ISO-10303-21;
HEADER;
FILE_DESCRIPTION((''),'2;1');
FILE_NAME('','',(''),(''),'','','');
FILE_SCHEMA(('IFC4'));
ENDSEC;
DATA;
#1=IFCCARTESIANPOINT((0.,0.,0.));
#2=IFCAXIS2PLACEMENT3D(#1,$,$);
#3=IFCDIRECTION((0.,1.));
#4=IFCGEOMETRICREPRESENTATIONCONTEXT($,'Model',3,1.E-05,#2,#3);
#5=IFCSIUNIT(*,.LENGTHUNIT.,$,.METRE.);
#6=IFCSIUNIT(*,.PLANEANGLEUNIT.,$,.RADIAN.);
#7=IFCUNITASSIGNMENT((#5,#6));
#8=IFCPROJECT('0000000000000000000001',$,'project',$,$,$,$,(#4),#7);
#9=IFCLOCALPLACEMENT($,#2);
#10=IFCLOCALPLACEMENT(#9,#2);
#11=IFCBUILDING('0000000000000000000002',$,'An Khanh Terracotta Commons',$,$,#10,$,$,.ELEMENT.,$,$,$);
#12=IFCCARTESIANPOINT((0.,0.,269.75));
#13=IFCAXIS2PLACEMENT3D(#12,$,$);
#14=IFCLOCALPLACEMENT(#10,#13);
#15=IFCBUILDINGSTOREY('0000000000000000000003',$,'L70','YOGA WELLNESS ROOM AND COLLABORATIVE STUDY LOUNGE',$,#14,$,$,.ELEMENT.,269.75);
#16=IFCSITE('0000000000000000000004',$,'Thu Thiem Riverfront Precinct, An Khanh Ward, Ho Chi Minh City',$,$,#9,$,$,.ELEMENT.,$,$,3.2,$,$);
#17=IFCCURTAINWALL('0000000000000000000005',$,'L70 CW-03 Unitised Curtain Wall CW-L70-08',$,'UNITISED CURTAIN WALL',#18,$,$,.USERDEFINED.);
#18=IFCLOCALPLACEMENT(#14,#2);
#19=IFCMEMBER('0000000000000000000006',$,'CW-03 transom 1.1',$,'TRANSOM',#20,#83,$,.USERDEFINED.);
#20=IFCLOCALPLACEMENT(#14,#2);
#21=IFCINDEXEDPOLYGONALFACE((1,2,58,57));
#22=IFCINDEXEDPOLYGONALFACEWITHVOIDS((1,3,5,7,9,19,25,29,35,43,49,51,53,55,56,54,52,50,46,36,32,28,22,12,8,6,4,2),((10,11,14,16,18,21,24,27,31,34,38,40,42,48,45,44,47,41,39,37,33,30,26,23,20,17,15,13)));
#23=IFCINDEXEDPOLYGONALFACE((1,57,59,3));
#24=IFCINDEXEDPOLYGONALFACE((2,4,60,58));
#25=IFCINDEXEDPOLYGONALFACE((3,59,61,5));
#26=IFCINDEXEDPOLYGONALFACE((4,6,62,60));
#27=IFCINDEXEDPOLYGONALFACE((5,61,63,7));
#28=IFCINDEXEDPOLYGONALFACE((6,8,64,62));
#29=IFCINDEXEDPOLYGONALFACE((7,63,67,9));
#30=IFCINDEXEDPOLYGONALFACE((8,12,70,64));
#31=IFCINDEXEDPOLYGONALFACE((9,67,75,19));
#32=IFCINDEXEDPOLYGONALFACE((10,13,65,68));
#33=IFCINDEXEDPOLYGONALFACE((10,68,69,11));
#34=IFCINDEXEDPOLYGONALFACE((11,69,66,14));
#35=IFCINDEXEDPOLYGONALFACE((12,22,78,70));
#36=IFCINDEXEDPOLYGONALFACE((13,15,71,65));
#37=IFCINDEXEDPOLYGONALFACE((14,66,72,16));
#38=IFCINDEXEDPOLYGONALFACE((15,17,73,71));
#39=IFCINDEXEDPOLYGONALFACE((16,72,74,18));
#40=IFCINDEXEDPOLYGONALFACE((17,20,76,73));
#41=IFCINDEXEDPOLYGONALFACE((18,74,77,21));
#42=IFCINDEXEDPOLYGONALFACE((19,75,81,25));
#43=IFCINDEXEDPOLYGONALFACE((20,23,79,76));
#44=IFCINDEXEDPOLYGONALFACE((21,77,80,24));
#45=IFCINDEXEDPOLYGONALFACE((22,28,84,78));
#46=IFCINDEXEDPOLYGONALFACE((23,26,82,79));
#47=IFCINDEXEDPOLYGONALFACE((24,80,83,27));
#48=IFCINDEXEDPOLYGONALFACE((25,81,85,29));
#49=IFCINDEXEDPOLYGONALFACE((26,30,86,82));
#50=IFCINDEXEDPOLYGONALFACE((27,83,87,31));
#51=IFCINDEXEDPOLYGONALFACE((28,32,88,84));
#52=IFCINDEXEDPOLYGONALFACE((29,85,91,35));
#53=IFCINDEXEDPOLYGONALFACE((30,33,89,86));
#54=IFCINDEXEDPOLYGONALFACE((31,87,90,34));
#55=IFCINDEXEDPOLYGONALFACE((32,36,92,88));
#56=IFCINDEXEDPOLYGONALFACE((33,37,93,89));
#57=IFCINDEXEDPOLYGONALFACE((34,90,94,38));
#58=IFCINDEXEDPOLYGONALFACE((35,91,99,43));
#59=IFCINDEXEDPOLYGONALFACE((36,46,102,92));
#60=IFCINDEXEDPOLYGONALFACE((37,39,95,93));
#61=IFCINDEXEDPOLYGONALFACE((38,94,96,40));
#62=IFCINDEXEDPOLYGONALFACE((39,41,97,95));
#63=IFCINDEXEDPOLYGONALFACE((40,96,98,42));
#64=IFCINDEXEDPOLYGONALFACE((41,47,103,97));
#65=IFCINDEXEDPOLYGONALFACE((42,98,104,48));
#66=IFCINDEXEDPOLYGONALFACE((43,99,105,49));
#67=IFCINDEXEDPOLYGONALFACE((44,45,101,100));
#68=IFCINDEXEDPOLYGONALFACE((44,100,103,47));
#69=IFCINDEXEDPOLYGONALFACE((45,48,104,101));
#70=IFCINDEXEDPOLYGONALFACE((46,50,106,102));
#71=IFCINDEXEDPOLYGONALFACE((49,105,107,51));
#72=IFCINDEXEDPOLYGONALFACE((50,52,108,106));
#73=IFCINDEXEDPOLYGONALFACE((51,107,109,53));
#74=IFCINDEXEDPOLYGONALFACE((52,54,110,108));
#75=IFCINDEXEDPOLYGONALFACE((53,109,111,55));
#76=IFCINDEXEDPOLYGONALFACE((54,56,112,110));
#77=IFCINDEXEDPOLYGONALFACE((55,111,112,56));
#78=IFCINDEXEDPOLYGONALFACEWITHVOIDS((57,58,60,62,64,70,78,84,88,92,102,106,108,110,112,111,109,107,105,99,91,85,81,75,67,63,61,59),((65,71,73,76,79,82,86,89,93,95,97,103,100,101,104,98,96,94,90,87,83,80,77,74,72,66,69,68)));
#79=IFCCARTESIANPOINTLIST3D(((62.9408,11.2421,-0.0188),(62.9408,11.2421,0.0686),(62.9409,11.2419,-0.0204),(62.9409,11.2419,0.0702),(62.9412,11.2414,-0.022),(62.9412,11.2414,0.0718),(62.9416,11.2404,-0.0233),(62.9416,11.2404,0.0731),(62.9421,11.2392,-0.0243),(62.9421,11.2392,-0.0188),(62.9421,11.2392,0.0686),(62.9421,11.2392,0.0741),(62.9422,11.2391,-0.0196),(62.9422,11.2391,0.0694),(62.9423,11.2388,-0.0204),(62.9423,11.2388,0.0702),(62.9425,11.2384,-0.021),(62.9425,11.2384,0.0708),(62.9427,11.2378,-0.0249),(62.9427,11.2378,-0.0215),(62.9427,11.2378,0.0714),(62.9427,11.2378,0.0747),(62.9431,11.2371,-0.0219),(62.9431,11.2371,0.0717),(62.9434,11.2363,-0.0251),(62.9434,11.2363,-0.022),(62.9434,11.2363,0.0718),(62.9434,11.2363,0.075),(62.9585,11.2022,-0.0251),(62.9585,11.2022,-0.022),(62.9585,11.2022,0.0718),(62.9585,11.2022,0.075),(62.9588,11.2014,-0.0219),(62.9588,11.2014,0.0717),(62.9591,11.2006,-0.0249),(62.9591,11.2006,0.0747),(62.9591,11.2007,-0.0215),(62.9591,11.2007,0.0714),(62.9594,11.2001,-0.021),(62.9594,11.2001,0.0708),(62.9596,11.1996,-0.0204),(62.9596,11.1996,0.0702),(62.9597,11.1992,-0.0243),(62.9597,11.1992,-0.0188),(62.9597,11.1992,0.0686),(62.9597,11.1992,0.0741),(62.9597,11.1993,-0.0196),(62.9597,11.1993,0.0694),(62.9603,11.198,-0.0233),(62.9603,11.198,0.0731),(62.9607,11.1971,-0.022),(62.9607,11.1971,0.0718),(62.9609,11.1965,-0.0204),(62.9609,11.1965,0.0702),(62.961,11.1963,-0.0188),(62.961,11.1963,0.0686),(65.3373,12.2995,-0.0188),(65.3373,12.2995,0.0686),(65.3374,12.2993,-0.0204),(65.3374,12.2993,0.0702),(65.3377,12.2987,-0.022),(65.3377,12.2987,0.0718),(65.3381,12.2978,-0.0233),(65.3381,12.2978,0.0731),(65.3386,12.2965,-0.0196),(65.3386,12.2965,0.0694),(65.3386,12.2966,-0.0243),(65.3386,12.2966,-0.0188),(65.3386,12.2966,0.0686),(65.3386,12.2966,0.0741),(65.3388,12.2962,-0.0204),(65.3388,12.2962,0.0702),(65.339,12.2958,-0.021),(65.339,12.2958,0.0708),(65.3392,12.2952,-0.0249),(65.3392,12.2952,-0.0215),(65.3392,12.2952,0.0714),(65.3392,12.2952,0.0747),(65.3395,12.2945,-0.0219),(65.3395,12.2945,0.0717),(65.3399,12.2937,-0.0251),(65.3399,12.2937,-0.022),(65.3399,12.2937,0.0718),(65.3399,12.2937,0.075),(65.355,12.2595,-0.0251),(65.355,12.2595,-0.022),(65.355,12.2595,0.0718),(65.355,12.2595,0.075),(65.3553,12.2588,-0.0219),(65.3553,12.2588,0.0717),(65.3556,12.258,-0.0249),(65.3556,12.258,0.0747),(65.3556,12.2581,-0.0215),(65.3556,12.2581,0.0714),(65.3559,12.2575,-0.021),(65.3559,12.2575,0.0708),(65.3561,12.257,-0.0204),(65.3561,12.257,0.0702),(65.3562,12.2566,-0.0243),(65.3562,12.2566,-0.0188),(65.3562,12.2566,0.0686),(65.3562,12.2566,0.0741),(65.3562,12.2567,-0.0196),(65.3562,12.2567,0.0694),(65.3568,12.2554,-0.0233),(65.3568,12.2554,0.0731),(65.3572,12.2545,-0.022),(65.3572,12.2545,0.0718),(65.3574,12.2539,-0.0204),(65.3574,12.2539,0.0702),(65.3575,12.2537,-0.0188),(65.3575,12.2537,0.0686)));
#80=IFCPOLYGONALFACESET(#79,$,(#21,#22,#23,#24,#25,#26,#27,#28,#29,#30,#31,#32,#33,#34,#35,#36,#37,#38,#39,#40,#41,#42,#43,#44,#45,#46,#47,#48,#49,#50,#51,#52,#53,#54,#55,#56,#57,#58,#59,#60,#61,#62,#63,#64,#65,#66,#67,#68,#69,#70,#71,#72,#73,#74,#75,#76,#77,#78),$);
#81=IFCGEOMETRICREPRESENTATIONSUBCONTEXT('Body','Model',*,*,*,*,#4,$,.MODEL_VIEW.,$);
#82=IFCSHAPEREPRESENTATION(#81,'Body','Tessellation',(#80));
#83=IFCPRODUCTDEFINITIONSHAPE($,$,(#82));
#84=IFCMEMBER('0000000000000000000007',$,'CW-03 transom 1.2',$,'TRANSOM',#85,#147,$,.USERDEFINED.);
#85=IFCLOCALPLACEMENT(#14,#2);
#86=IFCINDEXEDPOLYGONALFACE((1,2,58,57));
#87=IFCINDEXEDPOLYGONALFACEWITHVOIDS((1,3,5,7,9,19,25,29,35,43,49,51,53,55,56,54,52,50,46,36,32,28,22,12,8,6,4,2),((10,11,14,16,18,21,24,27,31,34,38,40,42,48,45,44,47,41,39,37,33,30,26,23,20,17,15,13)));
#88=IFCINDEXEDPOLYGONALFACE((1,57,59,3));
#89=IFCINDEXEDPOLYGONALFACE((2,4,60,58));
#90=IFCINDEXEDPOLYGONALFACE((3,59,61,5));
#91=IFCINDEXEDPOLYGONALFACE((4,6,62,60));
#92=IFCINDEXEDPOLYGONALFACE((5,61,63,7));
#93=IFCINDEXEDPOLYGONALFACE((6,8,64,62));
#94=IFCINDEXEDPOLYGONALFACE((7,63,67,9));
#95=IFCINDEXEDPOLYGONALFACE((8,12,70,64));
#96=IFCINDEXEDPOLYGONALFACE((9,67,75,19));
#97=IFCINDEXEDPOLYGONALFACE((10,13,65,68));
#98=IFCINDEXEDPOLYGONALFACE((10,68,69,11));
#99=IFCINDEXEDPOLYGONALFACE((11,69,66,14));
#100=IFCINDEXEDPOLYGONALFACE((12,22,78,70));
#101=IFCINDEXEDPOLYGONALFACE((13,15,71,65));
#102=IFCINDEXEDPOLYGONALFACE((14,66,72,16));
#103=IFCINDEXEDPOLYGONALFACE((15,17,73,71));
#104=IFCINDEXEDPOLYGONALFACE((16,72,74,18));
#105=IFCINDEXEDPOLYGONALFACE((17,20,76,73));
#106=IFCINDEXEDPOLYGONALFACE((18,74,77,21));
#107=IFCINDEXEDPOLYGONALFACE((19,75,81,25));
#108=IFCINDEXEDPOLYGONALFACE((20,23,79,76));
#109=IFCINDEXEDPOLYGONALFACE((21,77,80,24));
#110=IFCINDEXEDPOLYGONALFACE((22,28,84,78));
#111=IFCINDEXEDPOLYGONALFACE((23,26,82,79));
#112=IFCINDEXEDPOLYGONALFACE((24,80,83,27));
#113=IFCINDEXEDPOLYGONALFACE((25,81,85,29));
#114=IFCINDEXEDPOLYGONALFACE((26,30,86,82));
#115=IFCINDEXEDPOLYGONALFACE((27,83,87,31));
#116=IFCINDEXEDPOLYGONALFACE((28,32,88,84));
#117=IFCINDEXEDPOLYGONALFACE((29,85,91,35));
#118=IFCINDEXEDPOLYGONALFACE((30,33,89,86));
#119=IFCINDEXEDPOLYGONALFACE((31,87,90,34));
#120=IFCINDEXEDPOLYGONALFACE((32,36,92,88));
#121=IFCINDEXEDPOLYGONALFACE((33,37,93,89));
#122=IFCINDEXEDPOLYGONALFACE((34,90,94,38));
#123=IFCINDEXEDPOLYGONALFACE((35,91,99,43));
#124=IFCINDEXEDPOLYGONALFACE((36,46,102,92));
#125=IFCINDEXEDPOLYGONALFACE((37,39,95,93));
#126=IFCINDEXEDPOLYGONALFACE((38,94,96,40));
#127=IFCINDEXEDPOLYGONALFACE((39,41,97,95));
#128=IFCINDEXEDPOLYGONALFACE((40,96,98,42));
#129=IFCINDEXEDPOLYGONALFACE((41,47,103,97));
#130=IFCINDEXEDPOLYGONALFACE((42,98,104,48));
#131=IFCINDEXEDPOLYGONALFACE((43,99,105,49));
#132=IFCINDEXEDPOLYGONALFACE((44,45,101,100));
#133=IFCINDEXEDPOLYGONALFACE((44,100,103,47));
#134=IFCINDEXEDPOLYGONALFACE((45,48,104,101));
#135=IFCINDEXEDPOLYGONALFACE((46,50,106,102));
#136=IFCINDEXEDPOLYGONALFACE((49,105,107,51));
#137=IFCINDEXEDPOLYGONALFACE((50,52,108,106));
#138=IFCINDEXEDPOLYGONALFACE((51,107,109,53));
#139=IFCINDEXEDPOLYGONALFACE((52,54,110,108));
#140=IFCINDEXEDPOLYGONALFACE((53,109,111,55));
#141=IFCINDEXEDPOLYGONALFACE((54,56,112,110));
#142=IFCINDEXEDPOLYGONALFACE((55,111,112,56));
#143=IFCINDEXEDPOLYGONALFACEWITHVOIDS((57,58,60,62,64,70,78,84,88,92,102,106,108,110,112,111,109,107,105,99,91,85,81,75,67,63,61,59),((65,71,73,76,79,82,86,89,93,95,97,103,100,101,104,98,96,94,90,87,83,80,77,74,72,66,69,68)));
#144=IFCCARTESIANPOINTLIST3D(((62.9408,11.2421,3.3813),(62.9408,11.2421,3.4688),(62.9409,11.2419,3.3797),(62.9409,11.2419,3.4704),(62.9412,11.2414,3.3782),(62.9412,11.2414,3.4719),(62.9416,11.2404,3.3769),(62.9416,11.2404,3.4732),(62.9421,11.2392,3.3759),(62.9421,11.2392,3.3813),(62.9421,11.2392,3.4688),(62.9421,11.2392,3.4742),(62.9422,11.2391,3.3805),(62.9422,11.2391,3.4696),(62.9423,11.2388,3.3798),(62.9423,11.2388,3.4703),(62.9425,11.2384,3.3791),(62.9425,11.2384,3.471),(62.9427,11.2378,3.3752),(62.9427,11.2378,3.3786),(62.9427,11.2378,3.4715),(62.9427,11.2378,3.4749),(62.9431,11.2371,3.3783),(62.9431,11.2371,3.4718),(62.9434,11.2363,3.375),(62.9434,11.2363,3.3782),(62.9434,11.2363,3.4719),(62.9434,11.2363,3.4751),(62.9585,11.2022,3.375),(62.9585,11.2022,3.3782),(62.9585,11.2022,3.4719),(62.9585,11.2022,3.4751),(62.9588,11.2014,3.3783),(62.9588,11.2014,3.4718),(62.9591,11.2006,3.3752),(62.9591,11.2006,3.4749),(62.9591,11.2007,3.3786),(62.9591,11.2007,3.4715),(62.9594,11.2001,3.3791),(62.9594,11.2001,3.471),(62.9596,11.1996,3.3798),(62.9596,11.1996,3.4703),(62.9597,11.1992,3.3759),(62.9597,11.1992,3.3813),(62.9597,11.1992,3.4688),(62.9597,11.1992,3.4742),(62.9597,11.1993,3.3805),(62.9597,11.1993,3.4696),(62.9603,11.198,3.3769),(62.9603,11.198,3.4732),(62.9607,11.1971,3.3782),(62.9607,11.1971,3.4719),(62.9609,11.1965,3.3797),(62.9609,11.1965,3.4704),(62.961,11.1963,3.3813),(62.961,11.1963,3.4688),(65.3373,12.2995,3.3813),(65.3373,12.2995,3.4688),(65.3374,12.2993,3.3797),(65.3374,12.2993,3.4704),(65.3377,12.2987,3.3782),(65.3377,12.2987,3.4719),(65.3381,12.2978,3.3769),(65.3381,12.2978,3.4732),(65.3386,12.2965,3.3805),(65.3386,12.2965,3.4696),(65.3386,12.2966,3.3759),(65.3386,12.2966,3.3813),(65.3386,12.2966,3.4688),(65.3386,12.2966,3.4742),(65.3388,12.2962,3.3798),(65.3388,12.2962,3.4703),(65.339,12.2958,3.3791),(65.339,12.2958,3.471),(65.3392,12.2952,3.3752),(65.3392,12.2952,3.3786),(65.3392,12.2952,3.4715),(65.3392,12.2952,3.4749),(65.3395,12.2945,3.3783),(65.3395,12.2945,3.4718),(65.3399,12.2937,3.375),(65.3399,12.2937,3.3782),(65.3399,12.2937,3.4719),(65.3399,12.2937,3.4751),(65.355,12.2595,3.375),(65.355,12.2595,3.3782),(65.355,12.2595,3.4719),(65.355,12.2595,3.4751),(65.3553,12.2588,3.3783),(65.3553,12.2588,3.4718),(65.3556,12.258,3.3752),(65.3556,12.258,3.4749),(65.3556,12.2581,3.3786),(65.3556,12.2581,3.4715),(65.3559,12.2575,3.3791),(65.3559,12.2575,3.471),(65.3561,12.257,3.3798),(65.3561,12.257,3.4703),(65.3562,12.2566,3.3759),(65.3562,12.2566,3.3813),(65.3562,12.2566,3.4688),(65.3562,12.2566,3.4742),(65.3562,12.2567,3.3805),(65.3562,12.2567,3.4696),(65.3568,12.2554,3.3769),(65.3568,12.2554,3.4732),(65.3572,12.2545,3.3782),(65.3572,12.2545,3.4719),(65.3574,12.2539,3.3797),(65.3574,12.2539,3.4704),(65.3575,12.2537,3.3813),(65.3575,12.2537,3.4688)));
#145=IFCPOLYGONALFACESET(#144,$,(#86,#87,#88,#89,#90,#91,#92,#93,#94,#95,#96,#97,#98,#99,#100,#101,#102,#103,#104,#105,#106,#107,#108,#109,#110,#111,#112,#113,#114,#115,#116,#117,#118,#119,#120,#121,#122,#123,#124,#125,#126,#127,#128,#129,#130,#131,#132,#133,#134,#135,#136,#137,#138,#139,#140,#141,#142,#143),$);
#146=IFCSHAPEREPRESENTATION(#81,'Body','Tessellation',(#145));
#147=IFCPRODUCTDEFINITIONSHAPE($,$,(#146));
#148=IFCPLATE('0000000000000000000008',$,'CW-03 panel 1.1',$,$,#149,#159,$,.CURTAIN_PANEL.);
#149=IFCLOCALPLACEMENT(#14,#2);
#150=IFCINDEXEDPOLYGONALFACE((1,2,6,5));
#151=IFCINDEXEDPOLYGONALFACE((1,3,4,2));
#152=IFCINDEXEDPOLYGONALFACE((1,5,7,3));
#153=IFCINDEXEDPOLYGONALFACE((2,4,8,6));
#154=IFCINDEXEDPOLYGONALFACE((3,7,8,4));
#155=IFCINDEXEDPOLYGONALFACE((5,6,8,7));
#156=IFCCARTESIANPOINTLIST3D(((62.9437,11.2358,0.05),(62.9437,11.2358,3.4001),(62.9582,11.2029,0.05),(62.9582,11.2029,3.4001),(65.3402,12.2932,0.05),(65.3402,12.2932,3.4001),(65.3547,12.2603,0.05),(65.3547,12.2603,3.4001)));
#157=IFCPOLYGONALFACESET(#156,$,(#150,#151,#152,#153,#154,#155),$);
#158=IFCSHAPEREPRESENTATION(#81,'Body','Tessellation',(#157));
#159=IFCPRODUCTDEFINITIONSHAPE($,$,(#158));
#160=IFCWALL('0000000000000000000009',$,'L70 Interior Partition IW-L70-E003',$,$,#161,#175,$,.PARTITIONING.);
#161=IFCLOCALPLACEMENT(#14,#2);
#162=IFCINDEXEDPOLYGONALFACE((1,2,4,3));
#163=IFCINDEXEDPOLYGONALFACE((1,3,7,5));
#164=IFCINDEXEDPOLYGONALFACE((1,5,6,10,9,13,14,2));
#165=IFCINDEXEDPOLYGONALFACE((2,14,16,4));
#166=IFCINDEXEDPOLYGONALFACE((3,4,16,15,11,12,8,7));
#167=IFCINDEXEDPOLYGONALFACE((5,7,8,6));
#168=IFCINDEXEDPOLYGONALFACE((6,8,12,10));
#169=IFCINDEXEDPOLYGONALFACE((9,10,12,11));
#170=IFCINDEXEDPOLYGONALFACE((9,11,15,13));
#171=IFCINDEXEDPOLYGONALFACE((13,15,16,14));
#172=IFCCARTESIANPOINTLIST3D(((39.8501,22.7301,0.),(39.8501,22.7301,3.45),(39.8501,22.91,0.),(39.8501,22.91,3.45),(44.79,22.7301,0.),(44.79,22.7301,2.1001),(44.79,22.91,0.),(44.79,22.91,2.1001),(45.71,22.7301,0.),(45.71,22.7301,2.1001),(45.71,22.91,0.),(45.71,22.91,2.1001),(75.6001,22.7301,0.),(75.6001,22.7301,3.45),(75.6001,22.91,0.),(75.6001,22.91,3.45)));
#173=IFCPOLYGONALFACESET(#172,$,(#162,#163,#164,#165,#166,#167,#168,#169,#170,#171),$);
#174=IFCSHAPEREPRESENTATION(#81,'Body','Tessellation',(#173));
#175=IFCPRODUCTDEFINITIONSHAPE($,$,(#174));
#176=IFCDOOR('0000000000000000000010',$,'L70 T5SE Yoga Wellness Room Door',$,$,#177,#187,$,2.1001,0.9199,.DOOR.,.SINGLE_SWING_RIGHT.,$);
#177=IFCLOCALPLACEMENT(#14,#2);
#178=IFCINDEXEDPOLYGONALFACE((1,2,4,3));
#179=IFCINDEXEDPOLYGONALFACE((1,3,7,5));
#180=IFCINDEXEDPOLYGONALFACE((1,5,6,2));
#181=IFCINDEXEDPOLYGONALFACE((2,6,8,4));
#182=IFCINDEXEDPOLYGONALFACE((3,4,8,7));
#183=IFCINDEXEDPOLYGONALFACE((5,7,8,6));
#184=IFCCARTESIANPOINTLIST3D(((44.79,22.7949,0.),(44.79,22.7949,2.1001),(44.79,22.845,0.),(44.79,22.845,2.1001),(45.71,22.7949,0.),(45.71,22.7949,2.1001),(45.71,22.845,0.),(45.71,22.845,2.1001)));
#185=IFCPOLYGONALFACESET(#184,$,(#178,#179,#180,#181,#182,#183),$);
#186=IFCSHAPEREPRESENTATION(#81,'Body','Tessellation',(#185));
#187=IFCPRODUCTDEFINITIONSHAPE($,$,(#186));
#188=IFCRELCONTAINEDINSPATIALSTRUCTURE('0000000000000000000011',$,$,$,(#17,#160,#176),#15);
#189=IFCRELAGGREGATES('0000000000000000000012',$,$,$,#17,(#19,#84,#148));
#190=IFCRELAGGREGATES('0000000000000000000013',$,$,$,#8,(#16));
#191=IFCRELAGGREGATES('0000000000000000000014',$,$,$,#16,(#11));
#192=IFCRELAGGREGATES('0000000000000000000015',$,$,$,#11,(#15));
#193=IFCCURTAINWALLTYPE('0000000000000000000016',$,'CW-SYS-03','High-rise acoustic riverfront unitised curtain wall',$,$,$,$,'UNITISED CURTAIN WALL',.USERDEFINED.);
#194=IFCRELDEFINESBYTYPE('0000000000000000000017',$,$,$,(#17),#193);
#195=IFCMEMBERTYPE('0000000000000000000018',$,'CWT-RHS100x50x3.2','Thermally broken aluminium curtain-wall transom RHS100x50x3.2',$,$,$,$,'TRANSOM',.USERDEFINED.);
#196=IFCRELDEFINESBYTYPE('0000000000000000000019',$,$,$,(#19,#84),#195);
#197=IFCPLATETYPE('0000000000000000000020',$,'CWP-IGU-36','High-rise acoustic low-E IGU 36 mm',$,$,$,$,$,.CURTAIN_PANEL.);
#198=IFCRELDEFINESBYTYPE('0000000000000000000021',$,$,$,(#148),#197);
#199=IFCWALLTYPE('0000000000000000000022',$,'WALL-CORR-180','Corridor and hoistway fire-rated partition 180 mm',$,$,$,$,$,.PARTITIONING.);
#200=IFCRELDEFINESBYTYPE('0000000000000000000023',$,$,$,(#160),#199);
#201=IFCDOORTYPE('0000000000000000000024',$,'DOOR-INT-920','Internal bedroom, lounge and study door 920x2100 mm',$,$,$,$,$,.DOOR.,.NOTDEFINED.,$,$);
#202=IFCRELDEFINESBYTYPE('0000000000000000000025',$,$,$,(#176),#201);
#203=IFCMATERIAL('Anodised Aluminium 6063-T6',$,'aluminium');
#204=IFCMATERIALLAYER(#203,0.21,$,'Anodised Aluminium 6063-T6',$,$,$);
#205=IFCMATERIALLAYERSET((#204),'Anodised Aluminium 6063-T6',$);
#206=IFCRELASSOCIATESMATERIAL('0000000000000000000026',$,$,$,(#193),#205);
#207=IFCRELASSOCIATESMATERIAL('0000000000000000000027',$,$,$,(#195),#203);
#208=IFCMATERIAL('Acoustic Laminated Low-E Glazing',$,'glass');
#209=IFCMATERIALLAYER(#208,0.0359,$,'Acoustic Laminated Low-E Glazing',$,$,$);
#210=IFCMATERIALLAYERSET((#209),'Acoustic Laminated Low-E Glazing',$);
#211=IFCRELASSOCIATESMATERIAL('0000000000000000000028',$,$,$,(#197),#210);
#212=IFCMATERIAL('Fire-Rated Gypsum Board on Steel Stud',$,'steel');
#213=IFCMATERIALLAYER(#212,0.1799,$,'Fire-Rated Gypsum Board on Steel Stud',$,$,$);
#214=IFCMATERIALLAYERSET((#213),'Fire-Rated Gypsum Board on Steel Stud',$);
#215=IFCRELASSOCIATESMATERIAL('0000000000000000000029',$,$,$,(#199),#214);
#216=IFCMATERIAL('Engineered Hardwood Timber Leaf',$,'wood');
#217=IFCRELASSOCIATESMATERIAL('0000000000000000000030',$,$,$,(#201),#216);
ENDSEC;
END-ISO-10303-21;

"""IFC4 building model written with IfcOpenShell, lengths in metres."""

from ifc_helpers import new_model, si_unit, direction, frame, frame_2d, origin, origin_2d, place, context, subcontext, project, spatial, rectangle, hollow_rectangle, extrude, material, layer, layer_set, material_profile, profile_set, type_object, element, fill, aggregate, save


model = new_model("IFC4")

# Units and contexts
model_context = context("Model", 3, precision=1e-05, world=origin(), true_north=direction((0.0, 1.0)))
body_context = subcontext(model_context, "Body", "Model", "MODEL_VIEW")
ifc_project = project(units=[si_unit("LENGTHUNIT", "METRE"), si_unit("PLANEANGLEUNIT", "RADIAN")], contexts=[model_context])

# Site, building, storey
site_placement = place(None, origin())
site = spatial("IfcSite", under=ifc_project, at=site_placement, Name="Thu Thiem Riverfront Precinct, An Khanh Ward, Ho Chi Minh City", CompositionType="ELEMENT", RefElevation=3.2)
building_placement = place(site_placement, origin())
building = spatial("IfcBuilding", under=site, at=building_placement, Name="An Khanh Terracotta Commons", CompositionType="ELEMENT")
storey_placement = place(building_placement, frame((0.0, 0.0, 269.75)))
storey = spatial("IfcBuildingStorey", under=building, at=storey_placement, Name="L70", Description="YOGA WELLNESS ROOM AND COLLABORATIVE STUDY LOUNGE", CompositionType="ELEMENT", Elevation=269.75)

# Curtain wall, members, plate
ifc_material_1 = material(Name="Anodised Aluminium 6063-T6", Category="aluminium")
ifc_layer_1 = layer(ifc_material_1, 0.21, Name="Anodised Aluminium 6063-T6")
ifc_layer_set_1 = layer_set([ifc_layer_1], Name="Anodised Aluminium 6063-T6")
curtain_wall_type = type_object("IfcCurtainWallType", Name="CW-SYS-03", Description="High-rise acoustic riverfront unitised curtain wall", ElementType="UNITISED CURTAIN WALL", PredefinedType="USERDEFINED", material=ifc_layer_set_1)
curtain_wall_placement = place(storey_placement, origin())
curtain_wall = element("IfcCurtainWall", 1, at=curtain_wall_placement, inside=storey, type_object=curtain_wall_type, Name="L70 CW-03 Unitised Curtain Wall CW-L70-08", ObjectType="UNITISED CURTAIN WALL", PredefinedType="USERDEFINED")
ifc_material_profile_1 = material_profile(ifc_material_1, hollow_rectangle(XDim=0.05, YDim=0.1001, WallThickness=0.0032, InnerFilletRadius=0.0032, OuterFilletRadius=0.0063, at=origin_2d()), Name="RHS100x50x3.2")
ifc_profile_set_1 = profile_set([ifc_material_profile_1], Name="Anodised Aluminium 6063-T6")
member_type_1 = type_object("IfcMemberType", Name="CWT-RHS100x50x3.2", Description="Thermally broken aluminium curtain-wall transom RHS100x50x3.2", ElementType="TRANSOM", PredefinedType="USERDEFINED", material=ifc_profile_set_1)
member_1_placement = place(storey_placement, frame((62.9509, 11.2192, 0.0249), z_axis=(0.914904, 0.403672, 0.0), x_axis=(-0.403672, 0.914904, 0.0)))
member_1 = element("IfcMember", 2, at=member_1_placement, type_object=member_type_1, Name="CW-03 transom 1.1", ObjectType="TRANSOM", PredefinedType="USERDEFINED", context=body_context, shape_type="SweptSolid", body=[
    extrude(hollow_rectangle(XDim=0.05, YDim=0.1001, WallThickness=0.0032, InnerFilletRadius=0.0032, OuterFilletRadius=0.0063, at=origin_2d()), origin(), (0.0, 0.0, 1.0), 2.6194),
])
member_2_placement = place(storey_placement, frame((62.9509, 11.2192, 3.425), z_axis=(0.914904, 0.403672, 0.0), x_axis=(-0.403672, 0.914904, 0.0)))
member_2 = element("IfcMember", 3, at=member_2_placement, type_object=member_type_1, Name="CW-03 transom 1.2", ObjectType="TRANSOM", PredefinedType="USERDEFINED", context=body_context, shape_type="SweptSolid", body=[
    extrude(hollow_rectangle(XDim=0.05, YDim=0.1001, WallThickness=0.0032, InnerFilletRadius=0.0032, OuterFilletRadius=0.0063, at=origin_2d()), origin(), (0.0, 0.0, 1.0), 2.6194),
])
ifc_material_2 = material(Name="Acoustic Laminated Low-E Glazing", Category="glass")
ifc_layer_2 = layer(ifc_material_2, 0.0359, Name="Acoustic Laminated Low-E Glazing")
ifc_layer_set_2 = layer_set([ifc_layer_2], Name="Acoustic Laminated Low-E Glazing")
plate_type = type_object("IfcPlateType", Name="CWP-IGU-36", Description="High-rise acoustic low-E IGU 36 mm", PredefinedType="CURTAIN_PANEL", material=ifc_layer_set_2)
plate_placement = place(storey_placement, frame((64.1492, 11.748, 0.05), z_axis=(0.0, 0.0, 1.0), x_axis=(0.914902, 0.403676, 0.0)))
plate = element("IfcPlate", 4, at=plate_placement, type_object=plate_type, Name="CW-03 panel 1.1", PredefinedType="CURTAIN_PANEL", context=body_context, shape_type="SweptSolid", body=[
    extrude(rectangle(XDim=2.6194, YDim=0.0359, at=origin_2d()), origin(), (0.0, 0.0, 1.0), 3.3501),
])
aggregate(curtain_wall, [member_1, member_2, plate])

# Wall, opening, door
ifc_material_3 = material(Name="Fire-Rated Gypsum Board on Steel Stud", Category="steel")
ifc_layer_3 = layer(ifc_material_3, 0.1799, Name="Fire-Rated Gypsum Board on Steel Stud")
ifc_layer_set_3 = layer_set([ifc_layer_3], Name="Fire-Rated Gypsum Board on Steel Stud")
wall_type_1 = type_object("IfcWallType", Name="WALL-CORR-180", Description="Corridor and hoistway fire-rated partition 180 mm", PredefinedType="PARTITIONING", material=ifc_layer_set_3)
wall_1_placement = place(storey_placement, frame((39.8501, 22.8201, 0.0), z_axis=(0.0, 0.0, 1.0), x_axis=(1.0, 0.0, 0.0)))
wall_1 = element("IfcWall", 5, at=wall_1_placement, inside=storey, type_object=wall_type_1, Name="L70 Interior Partition IW-L70-E003", PredefinedType="PARTITIONING", context=body_context, shape_type="SweptSolid", body=[
    extrude(rectangle(XDim=35.75, YDim=0.1799, at=frame_2d((17.875, 0.0))), origin(), (0.0, 0.0, 1.0), 3.45),
])
opening_1_placement = place(wall_1_placement, frame((4.9399, 0.0, 0.0)))
opening_1 = element("IfcOpeningElement", 6, at=opening_1_placement, cuts=wall_1, PredefinedType="OPENING", context=body_context, shape_type="SweptSolid", body=[
    extrude(rectangle(XDim=0.9199, YDim=2.1001, at=frame_2d((0.46, 1.05))), frame((0.0, 0.0999, 0.0), z_axis=(0.0, -1.0, 0.0), x_axis=(1.0, 0.0, 0.0)), (0.0, 0.0, 1.0), 0.2),
])
ifc_material_4 = material(Name="Engineered Hardwood Timber Leaf", Category="wood")
door_type_1 = type_object("IfcDoorType", Name="DOOR-INT-920", Description="Internal bedroom, lounge and study door 920x2100 mm", OperationType="NOTDEFINED", PredefinedType="DOOR", material=ifc_material_4)
door_1_placement = place(opening_1_placement, origin())
door_1 = element("IfcDoor", 7, at=door_1_placement, inside=storey, type_object=door_type_1, Name="L70 T5SE Yoga Wellness Room Door", OperationType="SINGLE_SWING_RIGHT", OverallHeight=2.1001, OverallWidth=0.9199, PredefinedType="DOOR", context=body_context, shape_type="SweptSolid", body=[
    extrude(rectangle(XDim=0.9199, YDim=2.1001, at=frame_2d((0.46, 1.05))), frame((0.0, 0.0249, 0.0), z_axis=(0.0, -1.0, 0.0), x_axis=(1.0, 0.0, 0.0)), (0.0, 0.0, 1.0), 0.05),
])
fill(opening_1, door_1)

save(model, "model.ifc")
